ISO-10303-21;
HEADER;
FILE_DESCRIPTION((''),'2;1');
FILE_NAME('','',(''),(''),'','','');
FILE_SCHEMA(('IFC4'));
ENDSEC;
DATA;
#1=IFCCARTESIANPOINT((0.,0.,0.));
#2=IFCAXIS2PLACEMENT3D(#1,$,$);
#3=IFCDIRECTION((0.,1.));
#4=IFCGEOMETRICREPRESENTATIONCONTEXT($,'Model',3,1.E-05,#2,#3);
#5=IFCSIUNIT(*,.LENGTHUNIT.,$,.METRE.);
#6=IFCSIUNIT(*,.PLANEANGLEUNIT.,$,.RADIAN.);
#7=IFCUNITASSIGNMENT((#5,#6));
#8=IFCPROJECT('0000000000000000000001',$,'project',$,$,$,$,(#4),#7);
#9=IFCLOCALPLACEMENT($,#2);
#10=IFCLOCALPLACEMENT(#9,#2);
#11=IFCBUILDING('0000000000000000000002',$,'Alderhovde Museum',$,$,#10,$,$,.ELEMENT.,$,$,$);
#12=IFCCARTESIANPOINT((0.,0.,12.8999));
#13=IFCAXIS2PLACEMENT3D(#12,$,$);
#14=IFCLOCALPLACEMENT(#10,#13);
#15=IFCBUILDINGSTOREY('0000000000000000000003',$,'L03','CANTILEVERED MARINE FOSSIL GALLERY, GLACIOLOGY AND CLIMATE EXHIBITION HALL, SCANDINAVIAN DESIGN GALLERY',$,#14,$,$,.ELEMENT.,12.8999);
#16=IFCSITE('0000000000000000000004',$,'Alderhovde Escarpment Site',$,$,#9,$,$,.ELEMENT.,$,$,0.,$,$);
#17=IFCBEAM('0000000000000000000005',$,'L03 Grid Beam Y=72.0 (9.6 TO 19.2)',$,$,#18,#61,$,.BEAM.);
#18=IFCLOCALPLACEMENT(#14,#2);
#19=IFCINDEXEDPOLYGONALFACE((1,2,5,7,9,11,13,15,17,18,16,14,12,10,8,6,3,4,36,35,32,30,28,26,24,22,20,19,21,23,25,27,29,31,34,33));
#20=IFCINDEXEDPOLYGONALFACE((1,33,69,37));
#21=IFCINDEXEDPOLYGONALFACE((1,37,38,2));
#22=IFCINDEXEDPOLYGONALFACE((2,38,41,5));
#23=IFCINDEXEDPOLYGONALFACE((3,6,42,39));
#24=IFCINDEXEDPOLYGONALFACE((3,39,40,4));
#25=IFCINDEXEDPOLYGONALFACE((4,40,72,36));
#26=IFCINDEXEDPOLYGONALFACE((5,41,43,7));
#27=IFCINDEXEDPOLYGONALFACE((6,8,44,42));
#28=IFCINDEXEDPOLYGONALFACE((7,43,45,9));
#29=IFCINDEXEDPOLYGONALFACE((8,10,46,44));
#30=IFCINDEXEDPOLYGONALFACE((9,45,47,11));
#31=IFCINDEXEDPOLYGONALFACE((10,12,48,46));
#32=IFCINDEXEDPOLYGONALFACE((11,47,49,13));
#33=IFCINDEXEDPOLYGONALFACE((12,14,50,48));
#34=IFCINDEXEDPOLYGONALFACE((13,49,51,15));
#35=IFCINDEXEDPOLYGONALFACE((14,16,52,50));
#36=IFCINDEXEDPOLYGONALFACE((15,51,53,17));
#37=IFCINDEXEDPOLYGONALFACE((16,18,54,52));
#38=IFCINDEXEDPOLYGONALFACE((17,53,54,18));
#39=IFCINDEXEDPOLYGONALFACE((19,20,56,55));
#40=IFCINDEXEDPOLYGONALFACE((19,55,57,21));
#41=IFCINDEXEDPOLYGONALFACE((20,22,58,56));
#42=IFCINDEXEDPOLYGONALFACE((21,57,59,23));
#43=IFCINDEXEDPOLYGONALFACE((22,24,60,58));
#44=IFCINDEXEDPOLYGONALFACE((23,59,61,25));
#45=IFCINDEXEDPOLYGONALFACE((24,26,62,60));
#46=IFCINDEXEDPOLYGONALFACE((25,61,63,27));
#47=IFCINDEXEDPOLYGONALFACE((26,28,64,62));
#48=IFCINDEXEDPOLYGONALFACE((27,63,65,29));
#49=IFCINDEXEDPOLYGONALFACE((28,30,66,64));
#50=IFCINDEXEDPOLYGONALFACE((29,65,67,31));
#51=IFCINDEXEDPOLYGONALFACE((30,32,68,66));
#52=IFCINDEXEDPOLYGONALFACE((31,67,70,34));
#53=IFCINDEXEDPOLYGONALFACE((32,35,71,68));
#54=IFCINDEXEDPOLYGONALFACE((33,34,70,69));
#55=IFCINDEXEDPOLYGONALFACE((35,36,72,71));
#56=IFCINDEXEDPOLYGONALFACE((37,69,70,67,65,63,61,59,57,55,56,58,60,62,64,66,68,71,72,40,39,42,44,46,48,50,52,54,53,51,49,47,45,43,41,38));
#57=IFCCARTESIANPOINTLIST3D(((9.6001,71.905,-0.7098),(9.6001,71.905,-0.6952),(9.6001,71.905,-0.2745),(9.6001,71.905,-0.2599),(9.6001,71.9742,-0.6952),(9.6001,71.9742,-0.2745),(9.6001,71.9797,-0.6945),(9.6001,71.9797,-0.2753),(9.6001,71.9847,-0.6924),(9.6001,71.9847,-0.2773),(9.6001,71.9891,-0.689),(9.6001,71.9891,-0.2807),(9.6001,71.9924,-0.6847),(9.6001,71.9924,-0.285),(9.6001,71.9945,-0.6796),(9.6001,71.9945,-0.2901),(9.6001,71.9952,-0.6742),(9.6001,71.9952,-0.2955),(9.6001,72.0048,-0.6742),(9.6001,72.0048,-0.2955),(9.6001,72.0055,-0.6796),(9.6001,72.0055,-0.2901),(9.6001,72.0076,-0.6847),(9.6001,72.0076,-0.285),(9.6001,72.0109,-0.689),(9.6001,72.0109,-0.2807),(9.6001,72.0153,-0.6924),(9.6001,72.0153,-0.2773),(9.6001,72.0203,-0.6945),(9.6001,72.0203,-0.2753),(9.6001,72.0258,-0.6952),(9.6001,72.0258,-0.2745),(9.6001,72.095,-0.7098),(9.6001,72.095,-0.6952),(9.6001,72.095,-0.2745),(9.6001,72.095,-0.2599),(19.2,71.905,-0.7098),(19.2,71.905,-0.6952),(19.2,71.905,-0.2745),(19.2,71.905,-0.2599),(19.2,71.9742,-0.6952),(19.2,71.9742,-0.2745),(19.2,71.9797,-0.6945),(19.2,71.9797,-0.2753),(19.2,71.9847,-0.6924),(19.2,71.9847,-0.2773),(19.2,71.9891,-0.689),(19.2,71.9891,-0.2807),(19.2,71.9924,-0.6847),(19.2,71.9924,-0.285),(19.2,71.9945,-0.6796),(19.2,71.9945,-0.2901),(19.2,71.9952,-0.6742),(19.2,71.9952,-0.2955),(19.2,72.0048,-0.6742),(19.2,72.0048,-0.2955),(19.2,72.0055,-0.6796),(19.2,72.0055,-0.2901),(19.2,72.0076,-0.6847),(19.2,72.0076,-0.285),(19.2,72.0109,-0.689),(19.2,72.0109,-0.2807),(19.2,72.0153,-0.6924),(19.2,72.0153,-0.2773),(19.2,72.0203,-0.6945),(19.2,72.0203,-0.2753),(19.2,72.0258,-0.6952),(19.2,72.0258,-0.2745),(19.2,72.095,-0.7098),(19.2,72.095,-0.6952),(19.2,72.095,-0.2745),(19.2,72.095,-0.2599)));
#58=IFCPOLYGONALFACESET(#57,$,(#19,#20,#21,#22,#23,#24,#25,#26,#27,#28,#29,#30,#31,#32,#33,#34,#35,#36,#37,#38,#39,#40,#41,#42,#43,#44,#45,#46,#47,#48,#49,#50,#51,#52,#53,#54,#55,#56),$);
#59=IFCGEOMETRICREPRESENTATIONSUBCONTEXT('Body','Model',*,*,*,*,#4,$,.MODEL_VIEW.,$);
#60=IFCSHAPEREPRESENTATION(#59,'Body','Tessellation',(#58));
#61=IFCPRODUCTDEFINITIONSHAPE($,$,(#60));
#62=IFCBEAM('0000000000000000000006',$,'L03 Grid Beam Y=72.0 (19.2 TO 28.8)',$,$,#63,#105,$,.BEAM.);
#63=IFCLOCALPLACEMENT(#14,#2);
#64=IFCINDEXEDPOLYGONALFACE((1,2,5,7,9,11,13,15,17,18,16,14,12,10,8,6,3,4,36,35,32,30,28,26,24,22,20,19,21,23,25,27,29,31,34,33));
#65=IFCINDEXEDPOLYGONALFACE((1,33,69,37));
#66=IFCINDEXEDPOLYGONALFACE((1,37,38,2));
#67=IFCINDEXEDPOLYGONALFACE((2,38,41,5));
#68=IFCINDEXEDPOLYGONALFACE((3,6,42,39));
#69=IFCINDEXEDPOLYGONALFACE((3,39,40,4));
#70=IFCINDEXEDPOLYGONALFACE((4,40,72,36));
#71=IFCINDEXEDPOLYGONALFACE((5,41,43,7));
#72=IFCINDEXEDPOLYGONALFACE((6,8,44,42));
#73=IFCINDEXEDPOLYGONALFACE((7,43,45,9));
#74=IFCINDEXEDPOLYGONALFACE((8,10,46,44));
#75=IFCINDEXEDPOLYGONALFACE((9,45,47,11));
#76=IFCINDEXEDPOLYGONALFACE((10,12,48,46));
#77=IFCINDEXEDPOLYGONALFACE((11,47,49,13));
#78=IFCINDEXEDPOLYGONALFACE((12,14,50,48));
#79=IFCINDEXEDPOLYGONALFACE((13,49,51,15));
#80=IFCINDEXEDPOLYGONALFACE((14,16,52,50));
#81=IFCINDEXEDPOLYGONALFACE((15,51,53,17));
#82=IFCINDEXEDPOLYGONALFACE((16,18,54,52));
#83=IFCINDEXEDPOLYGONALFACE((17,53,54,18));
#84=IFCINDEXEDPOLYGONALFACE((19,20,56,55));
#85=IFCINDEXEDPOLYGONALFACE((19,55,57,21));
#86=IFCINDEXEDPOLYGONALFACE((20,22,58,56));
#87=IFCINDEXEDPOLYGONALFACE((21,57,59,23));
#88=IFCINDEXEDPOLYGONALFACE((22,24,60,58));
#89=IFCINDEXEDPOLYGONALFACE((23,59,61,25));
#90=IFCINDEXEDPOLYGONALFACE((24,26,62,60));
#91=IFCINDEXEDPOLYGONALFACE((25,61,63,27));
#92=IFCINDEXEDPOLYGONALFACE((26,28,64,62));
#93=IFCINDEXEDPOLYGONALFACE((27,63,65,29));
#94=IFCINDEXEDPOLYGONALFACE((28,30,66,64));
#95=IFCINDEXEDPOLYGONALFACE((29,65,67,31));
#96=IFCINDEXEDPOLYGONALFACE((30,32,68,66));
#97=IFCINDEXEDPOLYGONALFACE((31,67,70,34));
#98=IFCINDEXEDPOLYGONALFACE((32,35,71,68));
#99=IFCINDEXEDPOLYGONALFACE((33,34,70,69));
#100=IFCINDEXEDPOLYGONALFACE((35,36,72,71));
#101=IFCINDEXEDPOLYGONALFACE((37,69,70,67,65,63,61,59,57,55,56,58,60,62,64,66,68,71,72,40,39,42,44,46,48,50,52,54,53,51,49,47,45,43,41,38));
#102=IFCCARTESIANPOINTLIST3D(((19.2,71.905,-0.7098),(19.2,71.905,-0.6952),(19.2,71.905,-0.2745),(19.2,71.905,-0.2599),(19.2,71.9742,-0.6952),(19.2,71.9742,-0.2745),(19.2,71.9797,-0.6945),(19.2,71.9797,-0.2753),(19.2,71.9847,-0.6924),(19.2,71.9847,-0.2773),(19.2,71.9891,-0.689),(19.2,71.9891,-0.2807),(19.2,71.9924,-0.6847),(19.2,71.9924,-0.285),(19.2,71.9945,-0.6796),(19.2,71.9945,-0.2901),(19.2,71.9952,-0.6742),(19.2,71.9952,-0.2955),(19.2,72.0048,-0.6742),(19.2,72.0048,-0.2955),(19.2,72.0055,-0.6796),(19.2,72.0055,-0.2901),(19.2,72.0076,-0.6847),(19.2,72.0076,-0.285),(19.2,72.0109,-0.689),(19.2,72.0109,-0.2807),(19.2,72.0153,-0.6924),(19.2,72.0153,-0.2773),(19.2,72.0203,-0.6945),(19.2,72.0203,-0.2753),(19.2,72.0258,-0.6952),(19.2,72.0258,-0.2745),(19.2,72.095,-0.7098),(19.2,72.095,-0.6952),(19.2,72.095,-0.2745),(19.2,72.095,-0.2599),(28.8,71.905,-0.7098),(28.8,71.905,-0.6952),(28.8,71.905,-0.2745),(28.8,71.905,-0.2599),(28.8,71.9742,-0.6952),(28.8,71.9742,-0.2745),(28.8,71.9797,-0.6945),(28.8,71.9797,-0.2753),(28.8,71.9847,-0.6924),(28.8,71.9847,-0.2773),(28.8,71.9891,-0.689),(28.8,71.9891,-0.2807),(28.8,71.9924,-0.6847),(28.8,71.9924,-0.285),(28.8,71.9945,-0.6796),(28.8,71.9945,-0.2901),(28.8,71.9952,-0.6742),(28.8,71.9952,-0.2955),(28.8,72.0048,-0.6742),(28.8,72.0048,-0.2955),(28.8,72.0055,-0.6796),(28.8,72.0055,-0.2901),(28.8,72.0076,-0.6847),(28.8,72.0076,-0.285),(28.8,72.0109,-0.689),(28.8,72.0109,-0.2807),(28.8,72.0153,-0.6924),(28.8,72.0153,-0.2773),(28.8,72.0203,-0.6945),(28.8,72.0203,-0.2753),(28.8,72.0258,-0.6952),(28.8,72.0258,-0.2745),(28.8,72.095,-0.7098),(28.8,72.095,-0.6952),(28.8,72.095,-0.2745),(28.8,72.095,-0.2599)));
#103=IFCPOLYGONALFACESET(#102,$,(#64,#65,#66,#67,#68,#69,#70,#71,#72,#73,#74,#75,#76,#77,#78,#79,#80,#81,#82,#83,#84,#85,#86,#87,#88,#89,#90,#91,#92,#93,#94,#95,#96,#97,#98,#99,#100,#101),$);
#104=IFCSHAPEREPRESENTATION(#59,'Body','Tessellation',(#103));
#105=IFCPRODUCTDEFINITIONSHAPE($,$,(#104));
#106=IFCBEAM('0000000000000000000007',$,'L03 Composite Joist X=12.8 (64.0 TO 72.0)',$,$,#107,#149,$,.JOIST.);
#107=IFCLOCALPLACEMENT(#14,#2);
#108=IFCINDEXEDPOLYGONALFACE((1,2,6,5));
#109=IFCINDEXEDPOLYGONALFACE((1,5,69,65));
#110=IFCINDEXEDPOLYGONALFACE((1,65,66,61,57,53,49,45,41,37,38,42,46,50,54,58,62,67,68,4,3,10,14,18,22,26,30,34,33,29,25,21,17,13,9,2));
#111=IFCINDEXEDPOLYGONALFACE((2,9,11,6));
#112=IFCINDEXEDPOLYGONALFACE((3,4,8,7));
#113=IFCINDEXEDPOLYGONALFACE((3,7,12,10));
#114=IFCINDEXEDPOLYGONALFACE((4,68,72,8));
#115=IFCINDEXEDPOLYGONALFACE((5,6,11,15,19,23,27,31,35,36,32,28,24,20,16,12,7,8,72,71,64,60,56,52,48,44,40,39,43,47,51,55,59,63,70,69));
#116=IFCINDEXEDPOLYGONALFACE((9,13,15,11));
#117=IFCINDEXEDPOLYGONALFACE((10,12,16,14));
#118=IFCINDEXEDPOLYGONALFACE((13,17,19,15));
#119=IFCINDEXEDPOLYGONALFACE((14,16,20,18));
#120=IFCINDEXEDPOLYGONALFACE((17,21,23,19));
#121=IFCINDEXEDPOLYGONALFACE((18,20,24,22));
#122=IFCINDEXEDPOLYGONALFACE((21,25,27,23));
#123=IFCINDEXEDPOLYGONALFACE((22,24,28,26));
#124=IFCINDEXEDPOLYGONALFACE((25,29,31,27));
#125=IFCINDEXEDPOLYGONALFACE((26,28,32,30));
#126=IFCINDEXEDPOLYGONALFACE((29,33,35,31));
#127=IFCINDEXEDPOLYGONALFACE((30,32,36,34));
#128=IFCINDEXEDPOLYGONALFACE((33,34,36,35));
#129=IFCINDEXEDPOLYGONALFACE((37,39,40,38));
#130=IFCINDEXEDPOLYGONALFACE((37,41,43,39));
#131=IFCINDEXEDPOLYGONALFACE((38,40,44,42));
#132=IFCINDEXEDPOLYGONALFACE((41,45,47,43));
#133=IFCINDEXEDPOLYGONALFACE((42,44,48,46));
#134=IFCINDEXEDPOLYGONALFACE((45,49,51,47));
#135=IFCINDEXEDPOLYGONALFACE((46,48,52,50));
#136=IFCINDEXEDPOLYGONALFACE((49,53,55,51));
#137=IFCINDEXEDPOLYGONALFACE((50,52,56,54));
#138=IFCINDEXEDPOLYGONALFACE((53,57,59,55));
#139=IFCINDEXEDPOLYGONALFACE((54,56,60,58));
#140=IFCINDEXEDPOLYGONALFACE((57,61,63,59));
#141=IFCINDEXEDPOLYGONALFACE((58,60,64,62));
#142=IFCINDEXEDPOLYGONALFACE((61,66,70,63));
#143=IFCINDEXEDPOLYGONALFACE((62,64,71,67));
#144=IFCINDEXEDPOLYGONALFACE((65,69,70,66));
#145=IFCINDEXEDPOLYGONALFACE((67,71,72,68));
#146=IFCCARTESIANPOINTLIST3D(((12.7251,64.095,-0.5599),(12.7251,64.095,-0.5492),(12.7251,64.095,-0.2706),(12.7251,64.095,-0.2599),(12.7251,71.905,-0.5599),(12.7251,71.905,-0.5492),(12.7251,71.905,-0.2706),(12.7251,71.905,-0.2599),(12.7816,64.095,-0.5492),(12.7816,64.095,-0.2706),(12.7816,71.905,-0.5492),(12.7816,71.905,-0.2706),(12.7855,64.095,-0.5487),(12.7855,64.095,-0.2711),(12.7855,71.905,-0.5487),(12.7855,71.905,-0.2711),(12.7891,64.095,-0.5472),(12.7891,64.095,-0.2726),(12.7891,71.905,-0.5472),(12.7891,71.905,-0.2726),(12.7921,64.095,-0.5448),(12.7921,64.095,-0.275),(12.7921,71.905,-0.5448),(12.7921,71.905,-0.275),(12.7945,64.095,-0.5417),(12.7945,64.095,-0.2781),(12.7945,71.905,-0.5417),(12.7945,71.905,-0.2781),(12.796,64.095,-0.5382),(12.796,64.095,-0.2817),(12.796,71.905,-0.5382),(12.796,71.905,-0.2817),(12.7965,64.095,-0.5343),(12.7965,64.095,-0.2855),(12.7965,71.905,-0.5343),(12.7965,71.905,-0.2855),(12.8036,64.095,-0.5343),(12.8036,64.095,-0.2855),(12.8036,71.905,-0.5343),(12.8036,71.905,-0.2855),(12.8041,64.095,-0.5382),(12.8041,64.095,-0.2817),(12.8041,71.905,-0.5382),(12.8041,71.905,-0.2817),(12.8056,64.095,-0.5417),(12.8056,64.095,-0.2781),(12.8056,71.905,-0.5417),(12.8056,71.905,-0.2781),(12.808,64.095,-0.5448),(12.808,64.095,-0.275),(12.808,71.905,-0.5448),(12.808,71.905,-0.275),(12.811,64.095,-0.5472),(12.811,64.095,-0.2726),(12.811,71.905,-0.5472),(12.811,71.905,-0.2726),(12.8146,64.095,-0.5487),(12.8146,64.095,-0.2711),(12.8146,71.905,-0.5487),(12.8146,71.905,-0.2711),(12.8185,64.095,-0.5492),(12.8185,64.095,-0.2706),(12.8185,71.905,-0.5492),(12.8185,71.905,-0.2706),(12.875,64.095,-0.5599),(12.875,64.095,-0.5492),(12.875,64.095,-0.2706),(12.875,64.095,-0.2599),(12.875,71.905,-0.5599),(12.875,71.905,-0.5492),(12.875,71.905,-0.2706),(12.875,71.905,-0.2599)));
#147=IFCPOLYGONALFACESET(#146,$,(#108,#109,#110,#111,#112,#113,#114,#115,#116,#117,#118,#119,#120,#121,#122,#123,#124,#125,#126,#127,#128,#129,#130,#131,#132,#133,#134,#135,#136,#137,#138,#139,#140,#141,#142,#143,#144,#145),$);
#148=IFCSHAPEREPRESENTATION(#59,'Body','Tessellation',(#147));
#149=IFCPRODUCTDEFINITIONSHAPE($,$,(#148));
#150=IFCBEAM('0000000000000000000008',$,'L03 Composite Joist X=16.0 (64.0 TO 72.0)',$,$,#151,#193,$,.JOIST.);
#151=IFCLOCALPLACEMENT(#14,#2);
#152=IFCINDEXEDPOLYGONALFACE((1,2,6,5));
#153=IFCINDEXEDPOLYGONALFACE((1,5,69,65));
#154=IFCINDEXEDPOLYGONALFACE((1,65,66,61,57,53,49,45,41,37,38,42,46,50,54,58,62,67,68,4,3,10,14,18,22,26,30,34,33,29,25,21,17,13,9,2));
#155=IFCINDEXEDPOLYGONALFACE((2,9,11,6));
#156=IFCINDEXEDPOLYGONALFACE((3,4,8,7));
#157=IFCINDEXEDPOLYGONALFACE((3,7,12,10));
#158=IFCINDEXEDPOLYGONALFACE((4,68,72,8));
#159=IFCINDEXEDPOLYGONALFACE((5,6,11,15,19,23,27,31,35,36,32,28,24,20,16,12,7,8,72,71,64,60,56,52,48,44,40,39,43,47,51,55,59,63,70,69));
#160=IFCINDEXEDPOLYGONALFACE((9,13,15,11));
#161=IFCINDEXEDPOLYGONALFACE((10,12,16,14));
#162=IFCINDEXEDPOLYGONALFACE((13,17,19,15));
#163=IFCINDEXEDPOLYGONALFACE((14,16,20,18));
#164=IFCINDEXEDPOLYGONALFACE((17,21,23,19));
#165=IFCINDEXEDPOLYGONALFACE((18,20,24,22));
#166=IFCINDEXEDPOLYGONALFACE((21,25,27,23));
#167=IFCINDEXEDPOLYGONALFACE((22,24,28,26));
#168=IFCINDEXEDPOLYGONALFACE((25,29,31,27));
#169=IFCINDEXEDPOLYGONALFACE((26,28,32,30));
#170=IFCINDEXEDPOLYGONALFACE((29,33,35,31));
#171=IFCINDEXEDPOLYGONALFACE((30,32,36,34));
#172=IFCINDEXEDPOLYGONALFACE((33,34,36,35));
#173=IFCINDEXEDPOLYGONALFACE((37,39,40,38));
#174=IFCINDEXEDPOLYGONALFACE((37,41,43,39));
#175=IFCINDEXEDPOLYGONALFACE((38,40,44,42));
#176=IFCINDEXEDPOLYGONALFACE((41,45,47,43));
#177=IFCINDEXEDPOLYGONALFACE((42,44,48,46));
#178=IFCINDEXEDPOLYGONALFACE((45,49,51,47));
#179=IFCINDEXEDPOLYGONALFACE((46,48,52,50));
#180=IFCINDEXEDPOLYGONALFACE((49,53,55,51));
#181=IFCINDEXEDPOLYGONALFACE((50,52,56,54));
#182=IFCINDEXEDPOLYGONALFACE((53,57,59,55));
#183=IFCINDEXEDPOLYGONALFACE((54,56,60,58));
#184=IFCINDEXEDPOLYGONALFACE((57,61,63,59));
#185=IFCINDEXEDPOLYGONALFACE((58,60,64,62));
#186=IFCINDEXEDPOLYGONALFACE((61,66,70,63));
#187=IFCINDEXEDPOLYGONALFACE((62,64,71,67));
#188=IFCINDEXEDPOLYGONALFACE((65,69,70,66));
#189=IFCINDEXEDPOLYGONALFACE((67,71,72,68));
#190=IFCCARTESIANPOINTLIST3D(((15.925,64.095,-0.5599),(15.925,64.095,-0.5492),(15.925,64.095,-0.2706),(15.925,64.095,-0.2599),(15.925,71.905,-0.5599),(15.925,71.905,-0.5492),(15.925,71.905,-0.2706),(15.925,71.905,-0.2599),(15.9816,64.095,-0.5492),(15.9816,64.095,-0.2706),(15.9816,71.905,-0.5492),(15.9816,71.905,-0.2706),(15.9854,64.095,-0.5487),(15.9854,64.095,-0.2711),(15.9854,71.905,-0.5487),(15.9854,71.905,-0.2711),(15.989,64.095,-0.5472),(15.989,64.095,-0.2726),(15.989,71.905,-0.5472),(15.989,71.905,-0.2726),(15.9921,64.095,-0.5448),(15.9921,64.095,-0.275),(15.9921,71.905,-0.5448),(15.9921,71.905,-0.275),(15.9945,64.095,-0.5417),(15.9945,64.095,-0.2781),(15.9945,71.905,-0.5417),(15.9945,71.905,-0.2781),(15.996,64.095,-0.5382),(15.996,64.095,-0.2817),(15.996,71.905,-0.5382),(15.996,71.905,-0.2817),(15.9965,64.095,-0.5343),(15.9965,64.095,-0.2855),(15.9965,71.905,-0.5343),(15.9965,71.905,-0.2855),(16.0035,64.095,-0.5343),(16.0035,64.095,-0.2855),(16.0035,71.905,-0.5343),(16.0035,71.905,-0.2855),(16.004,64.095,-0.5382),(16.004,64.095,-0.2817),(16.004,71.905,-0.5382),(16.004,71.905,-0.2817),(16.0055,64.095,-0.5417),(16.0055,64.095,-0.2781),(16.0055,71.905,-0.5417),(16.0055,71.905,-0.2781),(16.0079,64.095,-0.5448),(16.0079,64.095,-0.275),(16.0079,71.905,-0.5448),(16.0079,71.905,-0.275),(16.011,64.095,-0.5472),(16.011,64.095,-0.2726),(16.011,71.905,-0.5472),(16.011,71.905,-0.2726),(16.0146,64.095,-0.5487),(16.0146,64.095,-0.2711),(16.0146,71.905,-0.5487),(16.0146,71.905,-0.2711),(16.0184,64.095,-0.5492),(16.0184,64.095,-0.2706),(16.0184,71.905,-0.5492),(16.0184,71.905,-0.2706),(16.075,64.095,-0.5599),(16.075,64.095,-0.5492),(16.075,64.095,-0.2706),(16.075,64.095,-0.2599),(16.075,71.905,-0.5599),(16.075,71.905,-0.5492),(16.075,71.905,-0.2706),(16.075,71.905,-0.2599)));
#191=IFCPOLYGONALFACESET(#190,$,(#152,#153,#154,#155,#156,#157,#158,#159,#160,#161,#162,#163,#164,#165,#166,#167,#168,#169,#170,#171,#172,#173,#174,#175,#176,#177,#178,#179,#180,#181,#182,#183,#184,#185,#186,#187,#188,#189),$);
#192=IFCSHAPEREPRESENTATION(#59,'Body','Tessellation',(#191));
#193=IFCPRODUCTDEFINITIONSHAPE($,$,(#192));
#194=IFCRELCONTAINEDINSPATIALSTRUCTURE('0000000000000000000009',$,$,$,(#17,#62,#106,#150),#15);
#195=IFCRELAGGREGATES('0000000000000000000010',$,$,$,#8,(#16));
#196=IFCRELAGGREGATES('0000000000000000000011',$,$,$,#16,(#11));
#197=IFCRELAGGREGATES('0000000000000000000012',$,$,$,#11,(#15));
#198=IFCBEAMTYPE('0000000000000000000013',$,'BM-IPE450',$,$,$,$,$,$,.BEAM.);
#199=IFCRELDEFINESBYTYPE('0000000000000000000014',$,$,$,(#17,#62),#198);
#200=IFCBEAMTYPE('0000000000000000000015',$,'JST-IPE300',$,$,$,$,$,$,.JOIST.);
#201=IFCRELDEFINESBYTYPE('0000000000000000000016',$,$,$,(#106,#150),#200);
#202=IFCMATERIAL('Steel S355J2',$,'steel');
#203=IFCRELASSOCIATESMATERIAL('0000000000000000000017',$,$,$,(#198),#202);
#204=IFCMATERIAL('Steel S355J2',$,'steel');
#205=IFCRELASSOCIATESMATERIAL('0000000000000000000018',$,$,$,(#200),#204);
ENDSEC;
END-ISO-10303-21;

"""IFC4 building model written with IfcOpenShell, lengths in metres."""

from ifc_helpers import new_model, si_unit, direction, frame, origin, origin_2d, place, context, subcontext, project, spatial, i_section, extrude, material, material_profile, profile_set, type_object, element, save


model = new_model("IFC4")

# Units and contexts
model_context = context("Model", 3, precision=1e-05, world=origin(), true_north=direction((0.0, 1.0)))
body_context = subcontext(model_context, "Body", "Model", "MODEL_VIEW")
ifc_project = project(units=[si_unit("LENGTHUNIT", "METRE"), si_unit("PLANEANGLEUNIT", "RADIAN")], contexts=[model_context])

# Site, building, storey
site_placement = place(None, origin())
site = spatial("IfcSite", under=ifc_project, at=site_placement, Name="Alderhovde Escarpment Site", CompositionType="ELEMENT", RefElevation=0.0)
building_placement = place(site_placement, origin())
building = spatial("IfcBuilding", under=site, at=building_placement, Name="Alderhovde Museum", CompositionType="ELEMENT")
storey_placement = place(building_placement, frame((0.0, 0.0, 12.8999)))
storey = spatial("IfcBuildingStorey", under=building, at=storey_placement, Name="L03", Description="CANTILEVERED MARINE FOSSIL GALLERY, GLACIOLOGY AND CLIMATE EXHIBITION HALL, SCANDINAVIAN DESIGN GALLERY", CompositionType="ELEMENT", Elevation=12.8999)

# Beams
ifc_material_1 = material(Name="Steel S355J2", Category="steel")
ifc_material_profile_1 = material_profile(ifc_material_1, i_section(OverallWidth=0.1899, OverallDepth=0.45, WebThickness=0.0095, FlangeThickness=0.0146, FilletRadius=0.021, at=origin_2d()), Name="IPE 450")
ifc_profile_set_1 = profile_set([ifc_material_profile_1], Name="Steel S355J2")
beam_type_1 = type_object("IfcBeamType", Name="BM-IPE450", PredefinedType="BEAM", material=ifc_profile_set_1)
beam_1_placement = place(storey_placement, frame((9.6001, 72.0, -0.4849), z_axis=(1.0, 0.0, 0.0), x_axis=(0.0, 1.0, 0.0)))
element("IfcBeam", 1, at=beam_1_placement, inside=storey, type_object=beam_type_1, Name="L03 Grid Beam Y=72.0 (9.6 TO 19.2)", PredefinedType="BEAM", context=body_context, shape_type="SweptSolid", body=[
    extrude(i_section(OverallWidth=0.1899, OverallDepth=0.45, WebThickness=0.0095, FlangeThickness=0.0146, FilletRadius=0.021, at=origin_2d()), origin(), (0.0, 0.0, 1.0), 9.5999),
])
beam_2_placement = place(storey_placement, frame((19.2, 72.0, -0.4849), z_axis=(1.0, 0.0, 0.0), x_axis=(0.0, 1.0, 0.0)))
element("IfcBeam", 2, at=beam_2_placement, inside=storey, type_object=beam_type_1, Name="L03 Grid Beam Y=72.0 (19.2 TO 28.8)", PredefinedType="BEAM", context=body_context, shape_type="SweptSolid", body=[
    extrude(i_section(OverallWidth=0.1899, OverallDepth=0.45, WebThickness=0.0095, FlangeThickness=0.0146, FilletRadius=0.021, at=origin_2d()), origin(), (0.0, 0.0, 1.0), 9.6001),
])
ifc_material_2 = material(Name="Steel S355J2", Category="steel")
ifc_material_profile_2 = material_profile(ifc_material_2, i_section(OverallWidth=0.1499, OverallDepth=0.3, WebThickness=0.0071, FlangeThickness=0.0107, FilletRadius=0.0149, at=origin_2d()), Name="IPE 300")
ifc_profile_set_2 = profile_set([ifc_material_profile_2], Name="Steel S355J2")
beam_type_2 = type_object("IfcBeamType", Name="JST-IPE300", PredefinedType="JOIST", material=ifc_profile_set_2)
for number, where, z_axis, x_axis, name in (
    (3, (12.8, 64.095, -0.4099), (0.0, 1.0, 0.0), (-1.0, 0.0, 0.0), "L03 Composite Joist X=12.8 (64.0 TO 72.0)"),
    (4, (16.0, 64.095, -0.4099), (0.0, 1.0, 0.0), (-1.0, 0.0, 0.0), "L03 Composite Joist X=16.0 (64.0 TO 72.0)"),
):
    element("IfcBeam", number, at=place(storey_placement, frame(where, z_axis=z_axis, x_axis=x_axis)), inside=storey, type_object=beam_type_2, Name=name, PredefinedType="JOIST", context=body_context, shape_type="SweptSolid", body=[
        extrude(i_section(OverallWidth=0.1499, OverallDepth=0.3, WebThickness=0.0071, FlangeThickness=0.0107, FilletRadius=0.0149, at=origin_2d()), origin(), (0.0, 0.0, 1.0), 7.8101),
    ])

save(model, "model.ifc")
